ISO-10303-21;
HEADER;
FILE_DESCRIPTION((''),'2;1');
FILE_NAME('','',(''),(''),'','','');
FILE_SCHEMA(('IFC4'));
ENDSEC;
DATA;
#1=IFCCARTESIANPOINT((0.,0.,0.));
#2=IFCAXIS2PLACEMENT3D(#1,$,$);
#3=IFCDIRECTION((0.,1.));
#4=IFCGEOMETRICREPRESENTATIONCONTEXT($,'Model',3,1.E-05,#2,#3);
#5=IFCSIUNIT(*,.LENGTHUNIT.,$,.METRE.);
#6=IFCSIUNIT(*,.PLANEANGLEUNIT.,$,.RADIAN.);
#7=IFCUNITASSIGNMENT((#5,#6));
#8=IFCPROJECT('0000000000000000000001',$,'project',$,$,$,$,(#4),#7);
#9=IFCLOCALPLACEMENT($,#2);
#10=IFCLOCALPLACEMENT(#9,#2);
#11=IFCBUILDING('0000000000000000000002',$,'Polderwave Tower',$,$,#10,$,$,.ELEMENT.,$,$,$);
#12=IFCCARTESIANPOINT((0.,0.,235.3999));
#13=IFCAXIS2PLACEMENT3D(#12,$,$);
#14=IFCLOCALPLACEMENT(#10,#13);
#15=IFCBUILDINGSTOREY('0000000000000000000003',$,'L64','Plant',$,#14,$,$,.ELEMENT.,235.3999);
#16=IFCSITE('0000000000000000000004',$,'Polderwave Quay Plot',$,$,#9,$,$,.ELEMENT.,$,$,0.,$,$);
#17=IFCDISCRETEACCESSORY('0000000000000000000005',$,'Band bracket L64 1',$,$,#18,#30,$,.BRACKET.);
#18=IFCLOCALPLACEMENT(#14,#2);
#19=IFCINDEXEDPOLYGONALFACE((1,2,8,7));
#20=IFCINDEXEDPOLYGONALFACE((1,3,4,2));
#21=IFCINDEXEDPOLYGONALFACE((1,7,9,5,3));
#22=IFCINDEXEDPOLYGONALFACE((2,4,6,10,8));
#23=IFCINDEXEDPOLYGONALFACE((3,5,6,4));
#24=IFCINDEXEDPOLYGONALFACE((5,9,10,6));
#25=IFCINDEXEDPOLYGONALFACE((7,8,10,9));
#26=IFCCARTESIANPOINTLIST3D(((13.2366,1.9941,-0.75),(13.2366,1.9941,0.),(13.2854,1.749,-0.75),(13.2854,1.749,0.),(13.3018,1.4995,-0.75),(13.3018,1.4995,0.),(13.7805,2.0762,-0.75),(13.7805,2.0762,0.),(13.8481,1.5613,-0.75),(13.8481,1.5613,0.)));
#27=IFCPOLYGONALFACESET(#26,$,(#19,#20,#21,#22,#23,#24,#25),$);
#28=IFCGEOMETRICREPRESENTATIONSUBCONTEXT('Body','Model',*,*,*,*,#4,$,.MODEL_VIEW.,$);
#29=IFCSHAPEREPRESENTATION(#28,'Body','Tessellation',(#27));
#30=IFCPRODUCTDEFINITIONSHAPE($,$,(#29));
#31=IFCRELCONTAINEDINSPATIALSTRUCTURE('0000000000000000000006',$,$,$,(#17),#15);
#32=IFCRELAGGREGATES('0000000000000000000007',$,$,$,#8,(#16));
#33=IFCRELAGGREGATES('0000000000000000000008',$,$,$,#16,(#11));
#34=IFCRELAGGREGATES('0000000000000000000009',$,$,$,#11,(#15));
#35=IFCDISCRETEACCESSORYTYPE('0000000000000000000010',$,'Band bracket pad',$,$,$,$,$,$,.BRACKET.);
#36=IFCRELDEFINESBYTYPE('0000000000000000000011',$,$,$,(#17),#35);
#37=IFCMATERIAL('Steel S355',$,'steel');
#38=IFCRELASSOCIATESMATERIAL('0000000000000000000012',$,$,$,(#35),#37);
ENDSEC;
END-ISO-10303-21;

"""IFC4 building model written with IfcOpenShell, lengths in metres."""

from ifc_helpers import new_model, si_unit, direction, frame, origin, place, context, subcontext, project, spatial, polyline, outline, extrude, material, type_object, element, save


model = new_model("IFC4")

# Units and contexts
model_context = context("Model", 3, precision=1e-05, world=origin(), true_north=direction((0.0, 1.0)))
body_context = subcontext(model_context, "Body", "Model", "MODEL_VIEW")
ifc_project = project(units=[si_unit("LENGTHUNIT", "METRE"), si_unit("PLANEANGLEUNIT", "RADIAN")], contexts=[model_context])

# Site, building, storey
site_placement = place(None, origin())
site = spatial("IfcSite", under=ifc_project, at=site_placement, Name="Polderwave Quay Plot", CompositionType="ELEMENT", RefElevation=0.0)
building_placement = place(site_placement, origin())
building = spatial("IfcBuilding", under=site, at=building_placement, Name="Polderwave Tower", CompositionType="ELEMENT")
storey_placement = place(building_placement, frame((0.0, 0.0, 235.3999)))
storey = spatial("IfcBuildingStorey", under=building, at=storey_placement, Name="L64", Description="Plant", CompositionType="ELEMENT", Elevation=235.3999)

# Shared definitions
ifc_material_1 = material(Name="Steel S355", Category="steel")

# Discrete accessory
discrete_accessory_type = type_object("IfcDiscreteAccessoryType", Name="Band bracket pad", PredefinedType="BRACKET", material=ifc_material_1)
discrete_accessory_placement = place(storey_placement, frame((0.0, 0.0, -0.75)))
element("IfcDiscreteAccessory", 1, at=discrete_accessory_placement, inside=storey, type_object=discrete_accessory_type, Name="Band bracket L64 1", PredefinedType="BRACKET", context=body_context, shape_type="SweptSolid", body=[
    extrude(outline(polyline([(13.3018, 1.4995), (13.2854, 1.749), (13.2366, 1.9941), (13.7805, 2.0762), (13.8481, 1.5613), (13.3018, 1.4995)])), origin(), (0.0, 0.0, 1.0), 0.75),
])

save(model, "model.ifc")
